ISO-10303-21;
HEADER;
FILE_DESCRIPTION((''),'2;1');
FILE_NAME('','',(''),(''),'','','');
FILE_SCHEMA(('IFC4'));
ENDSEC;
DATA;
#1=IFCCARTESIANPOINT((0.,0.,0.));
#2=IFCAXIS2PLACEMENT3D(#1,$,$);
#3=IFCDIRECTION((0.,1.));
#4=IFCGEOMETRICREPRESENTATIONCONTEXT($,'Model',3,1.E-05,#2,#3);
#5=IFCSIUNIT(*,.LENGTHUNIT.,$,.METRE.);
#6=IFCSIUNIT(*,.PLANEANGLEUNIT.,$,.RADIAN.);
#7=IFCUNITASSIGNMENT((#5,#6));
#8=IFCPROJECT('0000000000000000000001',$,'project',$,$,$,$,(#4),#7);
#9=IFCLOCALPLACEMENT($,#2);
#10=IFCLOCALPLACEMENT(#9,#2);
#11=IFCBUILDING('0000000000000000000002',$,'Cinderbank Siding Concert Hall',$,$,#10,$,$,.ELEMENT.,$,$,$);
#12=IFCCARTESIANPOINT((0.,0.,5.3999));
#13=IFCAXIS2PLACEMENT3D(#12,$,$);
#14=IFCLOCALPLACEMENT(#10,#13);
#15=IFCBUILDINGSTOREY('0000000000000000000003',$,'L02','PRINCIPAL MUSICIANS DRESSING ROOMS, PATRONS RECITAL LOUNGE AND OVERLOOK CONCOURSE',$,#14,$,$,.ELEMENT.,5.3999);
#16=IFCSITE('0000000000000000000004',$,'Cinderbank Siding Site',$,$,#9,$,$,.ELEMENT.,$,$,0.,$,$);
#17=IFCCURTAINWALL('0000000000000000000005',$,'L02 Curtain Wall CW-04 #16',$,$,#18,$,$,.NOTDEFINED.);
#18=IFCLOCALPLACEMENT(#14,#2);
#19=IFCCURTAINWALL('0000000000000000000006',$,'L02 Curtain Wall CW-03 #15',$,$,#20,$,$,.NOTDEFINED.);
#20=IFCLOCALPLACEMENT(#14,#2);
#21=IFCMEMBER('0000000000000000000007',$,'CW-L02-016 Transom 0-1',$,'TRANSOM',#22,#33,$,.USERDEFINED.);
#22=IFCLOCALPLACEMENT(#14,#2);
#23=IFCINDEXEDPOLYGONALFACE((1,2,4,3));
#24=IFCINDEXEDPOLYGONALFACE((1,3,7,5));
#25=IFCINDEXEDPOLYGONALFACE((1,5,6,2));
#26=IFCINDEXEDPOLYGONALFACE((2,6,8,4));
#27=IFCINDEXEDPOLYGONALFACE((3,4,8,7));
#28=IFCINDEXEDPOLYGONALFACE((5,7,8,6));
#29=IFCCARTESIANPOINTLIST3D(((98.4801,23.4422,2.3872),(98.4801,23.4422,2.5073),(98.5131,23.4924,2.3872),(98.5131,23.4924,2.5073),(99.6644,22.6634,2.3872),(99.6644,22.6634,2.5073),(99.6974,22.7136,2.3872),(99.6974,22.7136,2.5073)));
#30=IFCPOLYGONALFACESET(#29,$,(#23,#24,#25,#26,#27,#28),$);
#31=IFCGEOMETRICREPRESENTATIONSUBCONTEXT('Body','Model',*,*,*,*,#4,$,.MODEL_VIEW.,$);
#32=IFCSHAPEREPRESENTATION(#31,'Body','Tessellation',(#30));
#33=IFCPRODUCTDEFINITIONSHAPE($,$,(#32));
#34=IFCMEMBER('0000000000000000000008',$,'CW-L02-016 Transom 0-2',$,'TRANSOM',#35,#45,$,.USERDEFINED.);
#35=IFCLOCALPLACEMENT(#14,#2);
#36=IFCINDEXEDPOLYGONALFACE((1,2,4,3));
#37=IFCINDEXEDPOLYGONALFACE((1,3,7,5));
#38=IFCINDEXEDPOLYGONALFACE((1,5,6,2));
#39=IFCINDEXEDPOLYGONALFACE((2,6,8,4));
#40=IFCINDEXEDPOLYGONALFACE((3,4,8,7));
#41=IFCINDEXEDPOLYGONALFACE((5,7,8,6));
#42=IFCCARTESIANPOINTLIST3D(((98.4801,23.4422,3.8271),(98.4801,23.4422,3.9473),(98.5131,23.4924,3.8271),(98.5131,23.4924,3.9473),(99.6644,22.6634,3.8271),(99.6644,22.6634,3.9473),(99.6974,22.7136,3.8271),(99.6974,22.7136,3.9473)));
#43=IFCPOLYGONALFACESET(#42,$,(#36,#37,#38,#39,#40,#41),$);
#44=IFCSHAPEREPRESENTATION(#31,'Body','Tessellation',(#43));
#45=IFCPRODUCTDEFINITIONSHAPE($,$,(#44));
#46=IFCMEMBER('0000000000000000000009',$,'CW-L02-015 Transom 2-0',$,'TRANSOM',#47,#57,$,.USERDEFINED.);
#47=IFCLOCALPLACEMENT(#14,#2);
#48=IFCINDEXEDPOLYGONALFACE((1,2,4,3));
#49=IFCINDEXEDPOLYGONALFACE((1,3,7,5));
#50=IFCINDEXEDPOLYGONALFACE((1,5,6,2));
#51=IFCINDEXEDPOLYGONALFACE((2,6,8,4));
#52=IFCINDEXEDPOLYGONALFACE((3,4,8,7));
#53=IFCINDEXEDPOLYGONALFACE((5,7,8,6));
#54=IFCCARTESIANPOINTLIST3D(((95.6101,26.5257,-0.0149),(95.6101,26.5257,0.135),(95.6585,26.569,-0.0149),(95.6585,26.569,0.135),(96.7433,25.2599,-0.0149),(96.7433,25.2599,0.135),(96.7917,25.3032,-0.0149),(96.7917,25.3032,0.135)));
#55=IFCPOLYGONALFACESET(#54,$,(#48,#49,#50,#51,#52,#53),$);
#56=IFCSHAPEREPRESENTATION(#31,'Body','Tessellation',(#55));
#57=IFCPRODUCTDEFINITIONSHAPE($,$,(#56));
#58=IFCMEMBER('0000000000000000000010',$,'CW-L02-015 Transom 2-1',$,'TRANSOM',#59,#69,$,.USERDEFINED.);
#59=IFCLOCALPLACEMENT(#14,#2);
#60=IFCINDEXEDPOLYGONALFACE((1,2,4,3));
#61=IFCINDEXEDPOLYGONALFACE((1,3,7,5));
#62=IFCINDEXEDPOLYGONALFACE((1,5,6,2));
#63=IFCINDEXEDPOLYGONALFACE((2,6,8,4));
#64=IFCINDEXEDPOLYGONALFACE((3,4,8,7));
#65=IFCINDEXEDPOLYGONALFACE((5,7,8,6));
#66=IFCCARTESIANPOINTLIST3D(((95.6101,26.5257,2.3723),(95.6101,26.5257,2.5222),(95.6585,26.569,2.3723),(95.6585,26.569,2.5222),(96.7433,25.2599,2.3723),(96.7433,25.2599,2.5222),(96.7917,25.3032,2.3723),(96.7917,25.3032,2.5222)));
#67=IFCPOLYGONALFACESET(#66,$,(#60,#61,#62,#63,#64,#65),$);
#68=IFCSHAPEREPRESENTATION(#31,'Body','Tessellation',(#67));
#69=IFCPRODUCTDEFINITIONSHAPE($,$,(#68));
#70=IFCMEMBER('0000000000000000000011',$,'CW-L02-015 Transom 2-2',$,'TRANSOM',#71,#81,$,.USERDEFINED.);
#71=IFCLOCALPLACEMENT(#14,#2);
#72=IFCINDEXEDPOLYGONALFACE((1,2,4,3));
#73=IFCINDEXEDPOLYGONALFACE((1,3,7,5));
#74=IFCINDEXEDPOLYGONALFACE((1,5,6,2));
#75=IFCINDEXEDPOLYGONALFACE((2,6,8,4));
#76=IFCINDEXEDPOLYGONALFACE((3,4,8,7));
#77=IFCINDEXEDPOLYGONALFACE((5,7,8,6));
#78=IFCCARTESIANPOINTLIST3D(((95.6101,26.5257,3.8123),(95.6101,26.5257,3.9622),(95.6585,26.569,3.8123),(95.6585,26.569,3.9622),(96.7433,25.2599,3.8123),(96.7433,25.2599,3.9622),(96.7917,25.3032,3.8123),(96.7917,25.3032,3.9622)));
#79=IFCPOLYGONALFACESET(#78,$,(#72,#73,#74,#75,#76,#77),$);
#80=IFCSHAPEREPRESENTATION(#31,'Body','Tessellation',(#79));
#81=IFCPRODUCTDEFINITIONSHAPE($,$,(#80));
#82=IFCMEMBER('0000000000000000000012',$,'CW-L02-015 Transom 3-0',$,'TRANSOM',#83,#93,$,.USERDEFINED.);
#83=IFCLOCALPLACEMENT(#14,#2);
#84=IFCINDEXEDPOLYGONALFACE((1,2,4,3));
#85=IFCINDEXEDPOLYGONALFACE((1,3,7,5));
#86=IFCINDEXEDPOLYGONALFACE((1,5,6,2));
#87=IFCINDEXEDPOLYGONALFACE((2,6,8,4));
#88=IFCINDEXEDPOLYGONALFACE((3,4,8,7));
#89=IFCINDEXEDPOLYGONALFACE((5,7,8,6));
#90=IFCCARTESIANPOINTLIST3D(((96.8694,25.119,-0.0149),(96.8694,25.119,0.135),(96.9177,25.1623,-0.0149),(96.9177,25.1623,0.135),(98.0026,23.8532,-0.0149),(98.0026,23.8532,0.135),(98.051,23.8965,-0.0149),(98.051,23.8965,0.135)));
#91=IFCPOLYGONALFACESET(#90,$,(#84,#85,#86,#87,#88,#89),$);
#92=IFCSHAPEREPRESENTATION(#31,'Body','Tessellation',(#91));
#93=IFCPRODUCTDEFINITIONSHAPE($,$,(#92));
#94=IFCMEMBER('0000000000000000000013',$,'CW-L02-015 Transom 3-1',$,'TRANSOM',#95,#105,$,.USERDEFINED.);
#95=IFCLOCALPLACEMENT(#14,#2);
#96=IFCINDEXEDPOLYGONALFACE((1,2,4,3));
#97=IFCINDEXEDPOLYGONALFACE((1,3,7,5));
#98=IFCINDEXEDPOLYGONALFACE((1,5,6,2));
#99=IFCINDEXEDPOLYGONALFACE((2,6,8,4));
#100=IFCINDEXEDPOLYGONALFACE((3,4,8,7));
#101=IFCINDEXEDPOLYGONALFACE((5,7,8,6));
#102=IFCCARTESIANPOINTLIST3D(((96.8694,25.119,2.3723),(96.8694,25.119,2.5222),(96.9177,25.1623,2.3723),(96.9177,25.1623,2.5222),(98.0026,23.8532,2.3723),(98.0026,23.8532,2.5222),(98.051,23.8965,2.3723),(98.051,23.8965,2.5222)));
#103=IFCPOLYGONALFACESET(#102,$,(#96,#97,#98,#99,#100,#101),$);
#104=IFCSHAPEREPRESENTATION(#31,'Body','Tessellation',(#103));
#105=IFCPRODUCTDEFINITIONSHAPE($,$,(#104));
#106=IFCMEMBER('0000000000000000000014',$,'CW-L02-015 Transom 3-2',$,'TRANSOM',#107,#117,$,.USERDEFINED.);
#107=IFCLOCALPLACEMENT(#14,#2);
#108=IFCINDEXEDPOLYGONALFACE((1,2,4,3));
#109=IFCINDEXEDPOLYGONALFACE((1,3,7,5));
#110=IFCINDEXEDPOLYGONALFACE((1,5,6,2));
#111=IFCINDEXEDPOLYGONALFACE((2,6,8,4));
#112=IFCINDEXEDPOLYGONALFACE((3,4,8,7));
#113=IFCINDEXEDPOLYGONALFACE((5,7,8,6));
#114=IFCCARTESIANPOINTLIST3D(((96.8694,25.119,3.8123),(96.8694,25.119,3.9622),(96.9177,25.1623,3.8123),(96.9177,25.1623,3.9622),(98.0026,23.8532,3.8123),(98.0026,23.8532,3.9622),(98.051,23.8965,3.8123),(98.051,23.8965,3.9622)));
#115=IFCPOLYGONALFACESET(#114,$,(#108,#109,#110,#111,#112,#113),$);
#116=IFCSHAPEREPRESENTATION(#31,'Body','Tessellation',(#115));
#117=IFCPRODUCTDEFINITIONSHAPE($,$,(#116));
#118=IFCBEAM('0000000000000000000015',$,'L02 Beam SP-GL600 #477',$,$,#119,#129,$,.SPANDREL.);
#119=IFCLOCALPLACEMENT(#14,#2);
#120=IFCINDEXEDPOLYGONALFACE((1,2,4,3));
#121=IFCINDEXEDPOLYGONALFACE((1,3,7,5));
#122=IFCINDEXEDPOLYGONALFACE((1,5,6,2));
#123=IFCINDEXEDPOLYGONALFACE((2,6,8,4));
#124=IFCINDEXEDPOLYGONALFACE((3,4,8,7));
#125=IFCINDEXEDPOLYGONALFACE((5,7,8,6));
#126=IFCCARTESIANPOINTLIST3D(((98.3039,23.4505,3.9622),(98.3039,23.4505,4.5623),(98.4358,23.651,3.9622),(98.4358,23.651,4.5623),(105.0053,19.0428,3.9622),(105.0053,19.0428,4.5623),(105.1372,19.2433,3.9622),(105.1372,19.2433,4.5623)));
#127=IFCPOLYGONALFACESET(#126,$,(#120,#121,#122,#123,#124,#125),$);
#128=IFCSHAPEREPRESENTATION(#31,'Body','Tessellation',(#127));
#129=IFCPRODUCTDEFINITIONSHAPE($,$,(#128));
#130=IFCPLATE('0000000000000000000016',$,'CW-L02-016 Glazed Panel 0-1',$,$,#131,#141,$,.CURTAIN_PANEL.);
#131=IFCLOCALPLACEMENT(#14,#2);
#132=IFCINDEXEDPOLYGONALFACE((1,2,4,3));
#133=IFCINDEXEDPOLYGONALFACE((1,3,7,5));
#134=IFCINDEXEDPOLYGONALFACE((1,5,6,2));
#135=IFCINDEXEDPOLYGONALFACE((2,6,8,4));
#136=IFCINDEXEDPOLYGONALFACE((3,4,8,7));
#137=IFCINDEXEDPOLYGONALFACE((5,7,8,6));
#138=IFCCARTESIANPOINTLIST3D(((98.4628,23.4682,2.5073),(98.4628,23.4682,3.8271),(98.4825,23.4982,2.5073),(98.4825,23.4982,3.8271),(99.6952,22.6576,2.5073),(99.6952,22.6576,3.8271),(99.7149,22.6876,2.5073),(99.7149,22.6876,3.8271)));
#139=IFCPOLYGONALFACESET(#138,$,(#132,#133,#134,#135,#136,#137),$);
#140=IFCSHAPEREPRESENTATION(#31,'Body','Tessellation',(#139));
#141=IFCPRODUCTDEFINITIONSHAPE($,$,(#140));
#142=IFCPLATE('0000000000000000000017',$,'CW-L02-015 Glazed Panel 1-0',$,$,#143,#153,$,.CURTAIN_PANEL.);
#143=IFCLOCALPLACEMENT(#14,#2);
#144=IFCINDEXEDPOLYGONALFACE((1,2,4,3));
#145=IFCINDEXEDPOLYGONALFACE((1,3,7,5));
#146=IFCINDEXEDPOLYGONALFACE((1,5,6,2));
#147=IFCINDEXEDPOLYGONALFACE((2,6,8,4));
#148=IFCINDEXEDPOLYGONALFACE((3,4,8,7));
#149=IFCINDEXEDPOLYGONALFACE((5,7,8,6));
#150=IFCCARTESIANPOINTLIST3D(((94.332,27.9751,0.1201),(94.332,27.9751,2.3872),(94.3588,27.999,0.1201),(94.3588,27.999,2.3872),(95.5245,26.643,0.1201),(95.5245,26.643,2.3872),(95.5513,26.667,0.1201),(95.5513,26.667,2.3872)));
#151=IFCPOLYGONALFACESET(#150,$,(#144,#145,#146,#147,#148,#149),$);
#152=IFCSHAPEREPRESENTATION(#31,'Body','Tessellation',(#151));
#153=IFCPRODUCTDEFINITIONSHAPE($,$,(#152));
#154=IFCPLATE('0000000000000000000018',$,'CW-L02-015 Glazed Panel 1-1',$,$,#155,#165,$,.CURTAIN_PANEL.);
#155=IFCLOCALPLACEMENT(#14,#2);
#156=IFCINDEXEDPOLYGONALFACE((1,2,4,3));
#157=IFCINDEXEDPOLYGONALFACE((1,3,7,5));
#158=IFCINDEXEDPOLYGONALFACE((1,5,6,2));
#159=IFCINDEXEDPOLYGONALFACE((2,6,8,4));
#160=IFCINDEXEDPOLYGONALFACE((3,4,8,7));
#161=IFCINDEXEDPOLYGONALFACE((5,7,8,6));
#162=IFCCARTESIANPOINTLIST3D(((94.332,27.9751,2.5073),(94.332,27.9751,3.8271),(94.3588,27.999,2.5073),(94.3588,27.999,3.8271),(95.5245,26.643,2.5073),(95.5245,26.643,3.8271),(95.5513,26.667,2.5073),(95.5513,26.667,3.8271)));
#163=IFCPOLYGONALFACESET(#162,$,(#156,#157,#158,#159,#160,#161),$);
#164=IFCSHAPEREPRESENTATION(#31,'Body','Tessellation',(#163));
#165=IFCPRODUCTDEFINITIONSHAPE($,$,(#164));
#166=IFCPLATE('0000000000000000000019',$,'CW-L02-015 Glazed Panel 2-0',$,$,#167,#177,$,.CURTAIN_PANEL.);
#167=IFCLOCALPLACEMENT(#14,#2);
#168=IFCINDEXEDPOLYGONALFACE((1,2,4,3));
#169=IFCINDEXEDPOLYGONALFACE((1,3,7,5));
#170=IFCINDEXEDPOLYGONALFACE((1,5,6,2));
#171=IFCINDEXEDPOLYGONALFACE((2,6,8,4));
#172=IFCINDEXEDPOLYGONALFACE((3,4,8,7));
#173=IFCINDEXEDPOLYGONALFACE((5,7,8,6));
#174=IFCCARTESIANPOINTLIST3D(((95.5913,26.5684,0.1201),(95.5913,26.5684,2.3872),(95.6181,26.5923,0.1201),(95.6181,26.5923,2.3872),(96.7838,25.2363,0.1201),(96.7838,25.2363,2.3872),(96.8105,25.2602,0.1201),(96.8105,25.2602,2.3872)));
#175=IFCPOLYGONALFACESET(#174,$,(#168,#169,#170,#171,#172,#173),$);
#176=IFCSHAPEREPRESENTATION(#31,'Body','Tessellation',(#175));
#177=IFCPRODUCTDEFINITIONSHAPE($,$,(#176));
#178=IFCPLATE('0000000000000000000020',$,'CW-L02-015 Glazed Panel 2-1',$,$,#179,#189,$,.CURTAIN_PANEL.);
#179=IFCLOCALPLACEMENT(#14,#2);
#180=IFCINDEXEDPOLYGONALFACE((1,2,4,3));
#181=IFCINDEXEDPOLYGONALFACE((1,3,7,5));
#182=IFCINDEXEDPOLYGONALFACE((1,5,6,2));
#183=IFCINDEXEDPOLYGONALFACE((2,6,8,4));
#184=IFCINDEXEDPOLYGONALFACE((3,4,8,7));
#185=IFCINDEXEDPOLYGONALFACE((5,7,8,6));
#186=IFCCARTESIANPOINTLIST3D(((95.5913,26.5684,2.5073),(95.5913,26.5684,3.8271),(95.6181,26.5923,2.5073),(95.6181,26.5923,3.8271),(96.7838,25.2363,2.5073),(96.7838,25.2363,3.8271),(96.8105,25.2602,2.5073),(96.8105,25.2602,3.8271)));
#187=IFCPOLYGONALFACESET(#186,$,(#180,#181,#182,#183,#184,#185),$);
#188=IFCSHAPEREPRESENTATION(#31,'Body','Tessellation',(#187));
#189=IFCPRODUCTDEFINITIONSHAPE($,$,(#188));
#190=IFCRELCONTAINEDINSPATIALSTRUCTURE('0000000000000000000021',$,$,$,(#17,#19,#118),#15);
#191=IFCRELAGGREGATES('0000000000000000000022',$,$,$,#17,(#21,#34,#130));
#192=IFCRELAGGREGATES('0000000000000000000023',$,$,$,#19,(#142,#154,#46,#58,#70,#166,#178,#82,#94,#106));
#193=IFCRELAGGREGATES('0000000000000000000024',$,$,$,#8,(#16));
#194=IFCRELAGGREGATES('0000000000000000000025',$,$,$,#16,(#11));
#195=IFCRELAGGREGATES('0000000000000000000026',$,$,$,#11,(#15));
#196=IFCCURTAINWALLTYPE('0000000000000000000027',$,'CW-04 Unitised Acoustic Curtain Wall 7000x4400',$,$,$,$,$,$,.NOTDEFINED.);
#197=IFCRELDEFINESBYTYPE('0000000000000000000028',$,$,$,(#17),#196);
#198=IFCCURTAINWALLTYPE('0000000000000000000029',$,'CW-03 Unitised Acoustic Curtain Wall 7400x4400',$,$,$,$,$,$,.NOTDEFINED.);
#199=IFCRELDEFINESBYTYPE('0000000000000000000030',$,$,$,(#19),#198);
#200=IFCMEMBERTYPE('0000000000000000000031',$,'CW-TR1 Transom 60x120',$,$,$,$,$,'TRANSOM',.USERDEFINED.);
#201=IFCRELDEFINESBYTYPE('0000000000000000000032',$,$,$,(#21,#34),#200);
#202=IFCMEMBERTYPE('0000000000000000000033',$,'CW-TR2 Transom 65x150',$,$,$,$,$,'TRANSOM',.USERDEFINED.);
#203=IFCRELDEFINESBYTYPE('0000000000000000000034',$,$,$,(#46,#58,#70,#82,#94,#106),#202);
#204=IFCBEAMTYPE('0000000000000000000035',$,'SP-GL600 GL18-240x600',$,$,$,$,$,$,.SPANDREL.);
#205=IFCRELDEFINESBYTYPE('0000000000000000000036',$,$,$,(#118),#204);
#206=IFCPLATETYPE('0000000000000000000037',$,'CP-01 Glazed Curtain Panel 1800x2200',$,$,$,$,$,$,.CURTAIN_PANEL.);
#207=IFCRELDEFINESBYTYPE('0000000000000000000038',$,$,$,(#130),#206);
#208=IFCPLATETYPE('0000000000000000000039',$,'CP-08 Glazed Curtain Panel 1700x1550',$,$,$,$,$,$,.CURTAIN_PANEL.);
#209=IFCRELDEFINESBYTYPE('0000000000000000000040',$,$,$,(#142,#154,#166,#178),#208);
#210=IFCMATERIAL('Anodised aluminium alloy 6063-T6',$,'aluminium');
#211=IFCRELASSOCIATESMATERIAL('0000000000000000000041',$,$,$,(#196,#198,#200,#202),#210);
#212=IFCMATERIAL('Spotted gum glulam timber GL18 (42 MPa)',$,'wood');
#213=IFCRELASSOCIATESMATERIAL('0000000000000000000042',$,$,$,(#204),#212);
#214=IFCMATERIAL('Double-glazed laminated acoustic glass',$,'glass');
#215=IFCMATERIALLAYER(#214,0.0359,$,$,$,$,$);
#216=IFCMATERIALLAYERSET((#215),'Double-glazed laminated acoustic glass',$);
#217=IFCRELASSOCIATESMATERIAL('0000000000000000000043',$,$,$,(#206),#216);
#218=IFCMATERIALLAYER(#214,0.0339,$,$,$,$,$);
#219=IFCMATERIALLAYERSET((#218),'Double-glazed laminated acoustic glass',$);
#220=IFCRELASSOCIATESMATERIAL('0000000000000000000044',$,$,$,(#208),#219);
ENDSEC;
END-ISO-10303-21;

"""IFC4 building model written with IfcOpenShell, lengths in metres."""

from ifc_helpers import new_model, si_unit, direction, frame, origin, origin_2d, place, context, subcontext, project, spatial, rectangle, extrude, material, layer, layer_set, material_profile, profile_set, type_object, element, aggregate, save


model = new_model("IFC4")

# Units and contexts
model_context = context("Model", 3, precision=1e-05, world=origin(), true_north=direction((0.0, 1.0)))
body_context = subcontext(model_context, "Body", "Model", "MODEL_VIEW")
ifc_project = project(units=[si_unit("LENGTHUNIT", "METRE"), si_unit("PLANEANGLEUNIT", "RADIAN")], contexts=[model_context])

# Site, building, storey
site_placement = place(None, origin())
site = spatial("IfcSite", under=ifc_project, at=site_placement, Name="Cinderbank Siding Site", CompositionType="ELEMENT", RefElevation=0.0)
building_placement = place(site_placement, origin())
building = spatial("IfcBuilding", under=site, at=building_placement, Name="Cinderbank Siding Concert Hall", CompositionType="ELEMENT")
storey_placement = place(building_placement, frame((0.0, 0.0, 5.3999)))
storey = spatial("IfcBuildingStorey", under=building, at=storey_placement, Name="L02", Description="PRINCIPAL MUSICIANS DRESSING ROOMS, PATRONS RECITAL LOUNGE AND OVERLOOK CONCOURSE", CompositionType="ELEMENT", Elevation=5.3999)

# Curtain wall
ifc_material_1 = material(Name="Anodised aluminium alloy 6063-T6", Category="aluminium")
curtain_wall_type_1 = type_object("IfcCurtainWallType", Name="CW-04 Unitised Acoustic Curtain Wall 7000x4400", PredefinedType="NOTDEFINED", material=ifc_material_1)
curtain_wall_1_placement = place(storey_placement, origin())
curtain_wall_1 = element("IfcCurtainWall", 1, at=curtain_wall_1_placement, inside=storey, type_object=curtain_wall_type_1, Name="L02 Curtain Wall CW-04 #16", PredefinedType="NOTDEFINED")

# Curtain wall
curtain_wall_type_2 = type_object("IfcCurtainWallType", Name="CW-03 Unitised Acoustic Curtain Wall 7400x4400", PredefinedType="NOTDEFINED", material=ifc_material_1)
curtain_wall_2_placement = place(storey_placement, origin())
curtain_wall_2 = element("IfcCurtainWall", 2, at=curtain_wall_2_placement, inside=storey, type_object=curtain_wall_type_2, Name="L02 Curtain Wall CW-03 #15", PredefinedType="NOTDEFINED")

# Members
ifc_material_profile_1 = material_profile(ifc_material_1, rectangle(XDim=0.0601, YDim=0.1201, at=origin_2d()), Name="ALU-TRAN-60x120", Category="LoadBearing")
ifc_profile_set_1 = profile_set([ifc_material_profile_1], Name="Anodised aluminium alloy 6063-T6")
member_type_1 = type_object("IfcMemberType", Name="CW-TR1 Transom 60x120", ElementType="TRANSOM", PredefinedType="USERDEFINED", material=ifc_profile_set_1)
member_1_placement = place(storey_placement, frame((98.4966, 23.4673, 2.4473), z_axis=(0.835532, -0.549443, 0.0), x_axis=(0.549443, 0.835532, 0.0)))
member_1 = element("IfcMember", 3, at=member_1_placement, type_object=member_type_1, Name="CW-L02-016 Transom 0-1", ObjectType="TRANSOM", PredefinedType="USERDEFINED", context=body_context, shape_type="SweptSolid", body=[
    extrude(rectangle(XDim=0.0601, YDim=0.1201, at=origin_2d()), origin(), (0.0, 0.0, 1.0), 1.4175),
])
member_2_placement = place(storey_placement, frame((98.4966, 23.4673, 3.8872), z_axis=(0.835532, -0.549443, 0.0), x_axis=(0.549443, 0.835532, 0.0)))
member_2 = element("IfcMember", 4, at=member_2_placement, type_object=member_type_1, Name="CW-L02-016 Transom 0-2", ObjectType="TRANSOM", PredefinedType="USERDEFINED", context=body_context, shape_type="SweptSolid", body=[
    extrude(rectangle(XDim=0.0601, YDim=0.1201, at=origin_2d()), origin(), (0.0, 0.0, 1.0), 1.4175),
])
ifc_material_profile_2 = material_profile(ifc_material_1, rectangle(XDim=0.0649, YDim=0.1499, at=origin_2d()), Name="ALU-TRAN-65x150", Category="LoadBearing")
ifc_profile_set_2 = profile_set([ifc_material_profile_2], Name="Anodised aluminium alloy 6063-T6")
member_type_2 = type_object("IfcMemberType", Name="CW-TR2 Transom 65x150", ElementType="TRANSOM", PredefinedType="USERDEFINED", material=ifc_profile_set_2)
member_3_placement = place(storey_placement, frame((95.6343, 26.5474, 0.0601), z_axis=(0.667017, -0.745042, 0.0), x_axis=(0.745042, 0.667017, 0.0)))
member_3 = element("IfcMember", 5, at=member_3_placement, type_object=member_type_2, Name="CW-L02-015 Transom 2-0", ObjectType="TRANSOM", PredefinedType="USERDEFINED", context=body_context, shape_type="SweptSolid", body=[
    extrude(rectangle(XDim=0.0649, YDim=0.1499, at=origin_2d()), origin(), (0.0, 0.0, 1.0), 1.699),
])
member_4_placement = place(storey_placement, frame((95.6343, 26.5474, 2.4473), z_axis=(0.667017, -0.745042, 0.0), x_axis=(0.745042, 0.667017, 0.0)))
member_4 = element("IfcMember", 6, at=member_4_placement, type_object=member_type_2, Name="CW-L02-015 Transom 2-1", ObjectType="TRANSOM", PredefinedType="USERDEFINED", context=body_context, shape_type="SweptSolid", body=[
    extrude(rectangle(XDim=0.0649, YDim=0.1499, at=origin_2d()), origin(), (0.0, 0.0, 1.0), 1.699),
])
member_5_placement = place(storey_placement, frame((95.6343, 26.5474, 3.8872), z_axis=(0.667017, -0.745042, 0.0), x_axis=(0.745042, 0.667017, 0.0)))
member_5 = element("IfcMember", 7, at=member_5_placement, type_object=member_type_2, Name="CW-L02-015 Transom 2-2", ObjectType="TRANSOM", PredefinedType="USERDEFINED", context=body_context, shape_type="SweptSolid", body=[
    extrude(rectangle(XDim=0.0649, YDim=0.1499, at=origin_2d()), origin(), (0.0, 0.0, 1.0), 1.699),
])
member_6_placement = place(storey_placement, frame((96.8936, 25.1406, 0.0601), z_axis=(0.667017, -0.745042, 0.0), x_axis=(0.745042, 0.667017, 0.0)))
member_6 = element("IfcMember", 8, at=member_6_placement, type_object=member_type_2, Name="CW-L02-015 Transom 3-0", ObjectType="TRANSOM", PredefinedType="USERDEFINED", context=body_context, shape_type="SweptSolid", body=[
    extrude(rectangle(XDim=0.0649, YDim=0.1499, at=origin_2d()), origin(), (0.0, 0.0, 1.0), 1.699),
])
member_7_placement = place(storey_placement, frame((96.8936, 25.1406, 2.4473), z_axis=(0.667017, -0.745042, 0.0), x_axis=(0.745042, 0.667017, 0.0)))
member_7 = element("IfcMember", 9, at=member_7_placement, type_object=member_type_2, Name="CW-L02-015 Transom 3-1", ObjectType="TRANSOM", PredefinedType="USERDEFINED", context=body_context, shape_type="SweptSolid", body=[
    extrude(rectangle(XDim=0.0649, YDim=0.1499, at=origin_2d()), origin(), (0.0, 0.0, 1.0), 1.699),
])
member_8_placement = place(storey_placement, frame((96.8936, 25.1406, 3.8872), z_axis=(0.667017, -0.745042, 0.0), x_axis=(0.745042, 0.667017, 0.0)))
member_8 = element("IfcMember", 10, at=member_8_placement, type_object=member_type_2, Name="CW-L02-015 Transom 3-2", ObjectType="TRANSOM", PredefinedType="USERDEFINED", context=body_context, shape_type="SweptSolid", body=[
    extrude(rectangle(XDim=0.0649, YDim=0.1499, at=origin_2d()), origin(), (0.0, 0.0, 1.0), 1.699),
])

# Beam
ifc_material_2 = material(Name="Spotted gum glulam timber GL18 (42 MPa)", Category="wood")
ifc_material_profile_3 = material_profile(ifc_material_2, rectangle(XDim=0.24, YDim=0.6001, at=origin_2d()), Name="GL18-240x600", Category="LoadBearing")
ifc_profile_set_3 = profile_set([ifc_material_profile_3], Name="Spotted gum glulam timber GL18 (42 MPa)")
beam_type_1 = type_object("IfcBeamType", Name="SP-GL600 GL18-240x600", PredefinedType="SPANDREL", material=ifc_profile_set_3)
beam_1_placement = place(storey_placement, frame((98.3699, 23.5508, 4.2622), z_axis=(0.835481, -0.54952, 0.0), x_axis=(0.54952, 0.835481, 0.0)))
element("IfcBeam", 11, at=beam_1_placement, inside=storey, type_object=beam_type_1, Name="L02 Beam SP-GL600 #477", PredefinedType="SPANDREL", context=body_context, shape_type="SweptSolid", body=[
    extrude(rectangle(XDim=0.24, YDim=0.6001, at=origin_2d()), origin(), (0.0, 0.0, 1.0), 8.021),
])

# Plates
ifc_material_3 = material(Name="Double-glazed laminated acoustic glass", Category="glass")
ifc_layer_1 = layer(ifc_material_3, 0.0359)
ifc_layer_set_1 = layer_set([ifc_layer_1], Name="Double-glazed laminated acoustic glass")
plate_type_1 = type_object("IfcPlateType", Name="CP-01 Glazed Curtain Panel 1800x2200", PredefinedType="CURTAIN_PANEL", material=ifc_layer_set_1)
plate_1_placement = place(storey_placement, frame((99.0889, 23.0779, 2.5073), z_axis=(0.0, 0.0, 1.0), x_axis=(0.835492, -0.549503, 0.0)))
plate_1 = element("IfcPlate", 12, at=plate_1_placement, type_object=plate_type_1, Name="CW-L02-016 Glazed Panel 0-1", PredefinedType="CURTAIN_PANEL", context=body_context, shape_type="SweptSolid", body=[
    extrude(rectangle(XDim=1.4751, YDim=0.0359, at=origin_2d()), origin(), (0.0, 0.0, 1.0), 1.3198),
])
aggregate(curtain_wall_1, [member_1, member_2, plate_1])
ifc_layer_2 = layer(ifc_material_3, 0.0339)
ifc_layer_set_2 = layer_set([ifc_layer_2], Name="Double-glazed laminated acoustic glass")
plate_type_2 = type_object("IfcPlateType", Name="CP-08 Glazed Curtain Panel 1700x1550", PredefinedType="CURTAIN_PANEL", material=ifc_layer_set_2)
plate_2_placement = place(storey_placement, frame((94.9417, 27.321, 0.1201), z_axis=(0.0, 0.0, 1.0), x_axis=(0.666993, -0.745064, 0.0)))
plate_2 = element("IfcPlate", 13, at=plate_2_placement, type_object=plate_type_2, Name="CW-L02-015 Glazed Panel 1-0", PredefinedType="CURTAIN_PANEL", context=body_context, shape_type="SweptSolid", body=[
    extrude(rectangle(XDim=1.7878, YDim=0.0359, at=origin_2d()), origin(), (0.0, 0.0, 1.0), 2.2671),
])
plate_3_placement = place(storey_placement, frame((94.9417, 27.321, 2.5073), z_axis=(0.0, 0.0, 1.0), x_axis=(0.666993, -0.745064, 0.0)))
plate_3 = element("IfcPlate", 14, at=plate_3_placement, type_object=plate_type_2, Name="CW-L02-015 Glazed Panel 1-1", PredefinedType="CURTAIN_PANEL", context=body_context, shape_type="SweptSolid", body=[
    extrude(rectangle(XDim=1.7878, YDim=0.0359, at=origin_2d()), origin(), (0.0, 0.0, 1.0), 1.3198),
])
plate_4_placement = place(storey_placement, frame((96.2009, 25.9143, 0.1201), z_axis=(0.0, 0.0, 1.0), x_axis=(0.666993, -0.745064, 0.0)))
plate_4 = element("IfcPlate", 15, at=plate_4_placement, type_object=plate_type_2, Name="CW-L02-015 Glazed Panel 2-0", PredefinedType="CURTAIN_PANEL", context=body_context, shape_type="SweptSolid", body=[
    extrude(rectangle(XDim=1.7878, YDim=0.0359, at=origin_2d()), origin(), (0.0, 0.0, 1.0), 2.2671),
])
plate_5_placement = place(storey_placement, frame((96.2009, 25.9143, 2.5073), z_axis=(0.0, 0.0, 1.0), x_axis=(0.666993, -0.745064, 0.0)))
plate_5 = element("IfcPlate", 16, at=plate_5_placement, type_object=plate_type_2, Name="CW-L02-015 Glazed Panel 2-1", PredefinedType="CURTAIN_PANEL", context=body_context, shape_type="SweptSolid", body=[
    extrude(rectangle(XDim=1.7878, YDim=0.0359, at=origin_2d()), origin(), (0.0, 0.0, 1.0), 1.3198),
])
aggregate(curtain_wall_2, [plate_2, plate_3, member_3, member_4, member_5, plate_4, plate_5, member_6, member_7, member_8])

save(model, "model.ifc")
